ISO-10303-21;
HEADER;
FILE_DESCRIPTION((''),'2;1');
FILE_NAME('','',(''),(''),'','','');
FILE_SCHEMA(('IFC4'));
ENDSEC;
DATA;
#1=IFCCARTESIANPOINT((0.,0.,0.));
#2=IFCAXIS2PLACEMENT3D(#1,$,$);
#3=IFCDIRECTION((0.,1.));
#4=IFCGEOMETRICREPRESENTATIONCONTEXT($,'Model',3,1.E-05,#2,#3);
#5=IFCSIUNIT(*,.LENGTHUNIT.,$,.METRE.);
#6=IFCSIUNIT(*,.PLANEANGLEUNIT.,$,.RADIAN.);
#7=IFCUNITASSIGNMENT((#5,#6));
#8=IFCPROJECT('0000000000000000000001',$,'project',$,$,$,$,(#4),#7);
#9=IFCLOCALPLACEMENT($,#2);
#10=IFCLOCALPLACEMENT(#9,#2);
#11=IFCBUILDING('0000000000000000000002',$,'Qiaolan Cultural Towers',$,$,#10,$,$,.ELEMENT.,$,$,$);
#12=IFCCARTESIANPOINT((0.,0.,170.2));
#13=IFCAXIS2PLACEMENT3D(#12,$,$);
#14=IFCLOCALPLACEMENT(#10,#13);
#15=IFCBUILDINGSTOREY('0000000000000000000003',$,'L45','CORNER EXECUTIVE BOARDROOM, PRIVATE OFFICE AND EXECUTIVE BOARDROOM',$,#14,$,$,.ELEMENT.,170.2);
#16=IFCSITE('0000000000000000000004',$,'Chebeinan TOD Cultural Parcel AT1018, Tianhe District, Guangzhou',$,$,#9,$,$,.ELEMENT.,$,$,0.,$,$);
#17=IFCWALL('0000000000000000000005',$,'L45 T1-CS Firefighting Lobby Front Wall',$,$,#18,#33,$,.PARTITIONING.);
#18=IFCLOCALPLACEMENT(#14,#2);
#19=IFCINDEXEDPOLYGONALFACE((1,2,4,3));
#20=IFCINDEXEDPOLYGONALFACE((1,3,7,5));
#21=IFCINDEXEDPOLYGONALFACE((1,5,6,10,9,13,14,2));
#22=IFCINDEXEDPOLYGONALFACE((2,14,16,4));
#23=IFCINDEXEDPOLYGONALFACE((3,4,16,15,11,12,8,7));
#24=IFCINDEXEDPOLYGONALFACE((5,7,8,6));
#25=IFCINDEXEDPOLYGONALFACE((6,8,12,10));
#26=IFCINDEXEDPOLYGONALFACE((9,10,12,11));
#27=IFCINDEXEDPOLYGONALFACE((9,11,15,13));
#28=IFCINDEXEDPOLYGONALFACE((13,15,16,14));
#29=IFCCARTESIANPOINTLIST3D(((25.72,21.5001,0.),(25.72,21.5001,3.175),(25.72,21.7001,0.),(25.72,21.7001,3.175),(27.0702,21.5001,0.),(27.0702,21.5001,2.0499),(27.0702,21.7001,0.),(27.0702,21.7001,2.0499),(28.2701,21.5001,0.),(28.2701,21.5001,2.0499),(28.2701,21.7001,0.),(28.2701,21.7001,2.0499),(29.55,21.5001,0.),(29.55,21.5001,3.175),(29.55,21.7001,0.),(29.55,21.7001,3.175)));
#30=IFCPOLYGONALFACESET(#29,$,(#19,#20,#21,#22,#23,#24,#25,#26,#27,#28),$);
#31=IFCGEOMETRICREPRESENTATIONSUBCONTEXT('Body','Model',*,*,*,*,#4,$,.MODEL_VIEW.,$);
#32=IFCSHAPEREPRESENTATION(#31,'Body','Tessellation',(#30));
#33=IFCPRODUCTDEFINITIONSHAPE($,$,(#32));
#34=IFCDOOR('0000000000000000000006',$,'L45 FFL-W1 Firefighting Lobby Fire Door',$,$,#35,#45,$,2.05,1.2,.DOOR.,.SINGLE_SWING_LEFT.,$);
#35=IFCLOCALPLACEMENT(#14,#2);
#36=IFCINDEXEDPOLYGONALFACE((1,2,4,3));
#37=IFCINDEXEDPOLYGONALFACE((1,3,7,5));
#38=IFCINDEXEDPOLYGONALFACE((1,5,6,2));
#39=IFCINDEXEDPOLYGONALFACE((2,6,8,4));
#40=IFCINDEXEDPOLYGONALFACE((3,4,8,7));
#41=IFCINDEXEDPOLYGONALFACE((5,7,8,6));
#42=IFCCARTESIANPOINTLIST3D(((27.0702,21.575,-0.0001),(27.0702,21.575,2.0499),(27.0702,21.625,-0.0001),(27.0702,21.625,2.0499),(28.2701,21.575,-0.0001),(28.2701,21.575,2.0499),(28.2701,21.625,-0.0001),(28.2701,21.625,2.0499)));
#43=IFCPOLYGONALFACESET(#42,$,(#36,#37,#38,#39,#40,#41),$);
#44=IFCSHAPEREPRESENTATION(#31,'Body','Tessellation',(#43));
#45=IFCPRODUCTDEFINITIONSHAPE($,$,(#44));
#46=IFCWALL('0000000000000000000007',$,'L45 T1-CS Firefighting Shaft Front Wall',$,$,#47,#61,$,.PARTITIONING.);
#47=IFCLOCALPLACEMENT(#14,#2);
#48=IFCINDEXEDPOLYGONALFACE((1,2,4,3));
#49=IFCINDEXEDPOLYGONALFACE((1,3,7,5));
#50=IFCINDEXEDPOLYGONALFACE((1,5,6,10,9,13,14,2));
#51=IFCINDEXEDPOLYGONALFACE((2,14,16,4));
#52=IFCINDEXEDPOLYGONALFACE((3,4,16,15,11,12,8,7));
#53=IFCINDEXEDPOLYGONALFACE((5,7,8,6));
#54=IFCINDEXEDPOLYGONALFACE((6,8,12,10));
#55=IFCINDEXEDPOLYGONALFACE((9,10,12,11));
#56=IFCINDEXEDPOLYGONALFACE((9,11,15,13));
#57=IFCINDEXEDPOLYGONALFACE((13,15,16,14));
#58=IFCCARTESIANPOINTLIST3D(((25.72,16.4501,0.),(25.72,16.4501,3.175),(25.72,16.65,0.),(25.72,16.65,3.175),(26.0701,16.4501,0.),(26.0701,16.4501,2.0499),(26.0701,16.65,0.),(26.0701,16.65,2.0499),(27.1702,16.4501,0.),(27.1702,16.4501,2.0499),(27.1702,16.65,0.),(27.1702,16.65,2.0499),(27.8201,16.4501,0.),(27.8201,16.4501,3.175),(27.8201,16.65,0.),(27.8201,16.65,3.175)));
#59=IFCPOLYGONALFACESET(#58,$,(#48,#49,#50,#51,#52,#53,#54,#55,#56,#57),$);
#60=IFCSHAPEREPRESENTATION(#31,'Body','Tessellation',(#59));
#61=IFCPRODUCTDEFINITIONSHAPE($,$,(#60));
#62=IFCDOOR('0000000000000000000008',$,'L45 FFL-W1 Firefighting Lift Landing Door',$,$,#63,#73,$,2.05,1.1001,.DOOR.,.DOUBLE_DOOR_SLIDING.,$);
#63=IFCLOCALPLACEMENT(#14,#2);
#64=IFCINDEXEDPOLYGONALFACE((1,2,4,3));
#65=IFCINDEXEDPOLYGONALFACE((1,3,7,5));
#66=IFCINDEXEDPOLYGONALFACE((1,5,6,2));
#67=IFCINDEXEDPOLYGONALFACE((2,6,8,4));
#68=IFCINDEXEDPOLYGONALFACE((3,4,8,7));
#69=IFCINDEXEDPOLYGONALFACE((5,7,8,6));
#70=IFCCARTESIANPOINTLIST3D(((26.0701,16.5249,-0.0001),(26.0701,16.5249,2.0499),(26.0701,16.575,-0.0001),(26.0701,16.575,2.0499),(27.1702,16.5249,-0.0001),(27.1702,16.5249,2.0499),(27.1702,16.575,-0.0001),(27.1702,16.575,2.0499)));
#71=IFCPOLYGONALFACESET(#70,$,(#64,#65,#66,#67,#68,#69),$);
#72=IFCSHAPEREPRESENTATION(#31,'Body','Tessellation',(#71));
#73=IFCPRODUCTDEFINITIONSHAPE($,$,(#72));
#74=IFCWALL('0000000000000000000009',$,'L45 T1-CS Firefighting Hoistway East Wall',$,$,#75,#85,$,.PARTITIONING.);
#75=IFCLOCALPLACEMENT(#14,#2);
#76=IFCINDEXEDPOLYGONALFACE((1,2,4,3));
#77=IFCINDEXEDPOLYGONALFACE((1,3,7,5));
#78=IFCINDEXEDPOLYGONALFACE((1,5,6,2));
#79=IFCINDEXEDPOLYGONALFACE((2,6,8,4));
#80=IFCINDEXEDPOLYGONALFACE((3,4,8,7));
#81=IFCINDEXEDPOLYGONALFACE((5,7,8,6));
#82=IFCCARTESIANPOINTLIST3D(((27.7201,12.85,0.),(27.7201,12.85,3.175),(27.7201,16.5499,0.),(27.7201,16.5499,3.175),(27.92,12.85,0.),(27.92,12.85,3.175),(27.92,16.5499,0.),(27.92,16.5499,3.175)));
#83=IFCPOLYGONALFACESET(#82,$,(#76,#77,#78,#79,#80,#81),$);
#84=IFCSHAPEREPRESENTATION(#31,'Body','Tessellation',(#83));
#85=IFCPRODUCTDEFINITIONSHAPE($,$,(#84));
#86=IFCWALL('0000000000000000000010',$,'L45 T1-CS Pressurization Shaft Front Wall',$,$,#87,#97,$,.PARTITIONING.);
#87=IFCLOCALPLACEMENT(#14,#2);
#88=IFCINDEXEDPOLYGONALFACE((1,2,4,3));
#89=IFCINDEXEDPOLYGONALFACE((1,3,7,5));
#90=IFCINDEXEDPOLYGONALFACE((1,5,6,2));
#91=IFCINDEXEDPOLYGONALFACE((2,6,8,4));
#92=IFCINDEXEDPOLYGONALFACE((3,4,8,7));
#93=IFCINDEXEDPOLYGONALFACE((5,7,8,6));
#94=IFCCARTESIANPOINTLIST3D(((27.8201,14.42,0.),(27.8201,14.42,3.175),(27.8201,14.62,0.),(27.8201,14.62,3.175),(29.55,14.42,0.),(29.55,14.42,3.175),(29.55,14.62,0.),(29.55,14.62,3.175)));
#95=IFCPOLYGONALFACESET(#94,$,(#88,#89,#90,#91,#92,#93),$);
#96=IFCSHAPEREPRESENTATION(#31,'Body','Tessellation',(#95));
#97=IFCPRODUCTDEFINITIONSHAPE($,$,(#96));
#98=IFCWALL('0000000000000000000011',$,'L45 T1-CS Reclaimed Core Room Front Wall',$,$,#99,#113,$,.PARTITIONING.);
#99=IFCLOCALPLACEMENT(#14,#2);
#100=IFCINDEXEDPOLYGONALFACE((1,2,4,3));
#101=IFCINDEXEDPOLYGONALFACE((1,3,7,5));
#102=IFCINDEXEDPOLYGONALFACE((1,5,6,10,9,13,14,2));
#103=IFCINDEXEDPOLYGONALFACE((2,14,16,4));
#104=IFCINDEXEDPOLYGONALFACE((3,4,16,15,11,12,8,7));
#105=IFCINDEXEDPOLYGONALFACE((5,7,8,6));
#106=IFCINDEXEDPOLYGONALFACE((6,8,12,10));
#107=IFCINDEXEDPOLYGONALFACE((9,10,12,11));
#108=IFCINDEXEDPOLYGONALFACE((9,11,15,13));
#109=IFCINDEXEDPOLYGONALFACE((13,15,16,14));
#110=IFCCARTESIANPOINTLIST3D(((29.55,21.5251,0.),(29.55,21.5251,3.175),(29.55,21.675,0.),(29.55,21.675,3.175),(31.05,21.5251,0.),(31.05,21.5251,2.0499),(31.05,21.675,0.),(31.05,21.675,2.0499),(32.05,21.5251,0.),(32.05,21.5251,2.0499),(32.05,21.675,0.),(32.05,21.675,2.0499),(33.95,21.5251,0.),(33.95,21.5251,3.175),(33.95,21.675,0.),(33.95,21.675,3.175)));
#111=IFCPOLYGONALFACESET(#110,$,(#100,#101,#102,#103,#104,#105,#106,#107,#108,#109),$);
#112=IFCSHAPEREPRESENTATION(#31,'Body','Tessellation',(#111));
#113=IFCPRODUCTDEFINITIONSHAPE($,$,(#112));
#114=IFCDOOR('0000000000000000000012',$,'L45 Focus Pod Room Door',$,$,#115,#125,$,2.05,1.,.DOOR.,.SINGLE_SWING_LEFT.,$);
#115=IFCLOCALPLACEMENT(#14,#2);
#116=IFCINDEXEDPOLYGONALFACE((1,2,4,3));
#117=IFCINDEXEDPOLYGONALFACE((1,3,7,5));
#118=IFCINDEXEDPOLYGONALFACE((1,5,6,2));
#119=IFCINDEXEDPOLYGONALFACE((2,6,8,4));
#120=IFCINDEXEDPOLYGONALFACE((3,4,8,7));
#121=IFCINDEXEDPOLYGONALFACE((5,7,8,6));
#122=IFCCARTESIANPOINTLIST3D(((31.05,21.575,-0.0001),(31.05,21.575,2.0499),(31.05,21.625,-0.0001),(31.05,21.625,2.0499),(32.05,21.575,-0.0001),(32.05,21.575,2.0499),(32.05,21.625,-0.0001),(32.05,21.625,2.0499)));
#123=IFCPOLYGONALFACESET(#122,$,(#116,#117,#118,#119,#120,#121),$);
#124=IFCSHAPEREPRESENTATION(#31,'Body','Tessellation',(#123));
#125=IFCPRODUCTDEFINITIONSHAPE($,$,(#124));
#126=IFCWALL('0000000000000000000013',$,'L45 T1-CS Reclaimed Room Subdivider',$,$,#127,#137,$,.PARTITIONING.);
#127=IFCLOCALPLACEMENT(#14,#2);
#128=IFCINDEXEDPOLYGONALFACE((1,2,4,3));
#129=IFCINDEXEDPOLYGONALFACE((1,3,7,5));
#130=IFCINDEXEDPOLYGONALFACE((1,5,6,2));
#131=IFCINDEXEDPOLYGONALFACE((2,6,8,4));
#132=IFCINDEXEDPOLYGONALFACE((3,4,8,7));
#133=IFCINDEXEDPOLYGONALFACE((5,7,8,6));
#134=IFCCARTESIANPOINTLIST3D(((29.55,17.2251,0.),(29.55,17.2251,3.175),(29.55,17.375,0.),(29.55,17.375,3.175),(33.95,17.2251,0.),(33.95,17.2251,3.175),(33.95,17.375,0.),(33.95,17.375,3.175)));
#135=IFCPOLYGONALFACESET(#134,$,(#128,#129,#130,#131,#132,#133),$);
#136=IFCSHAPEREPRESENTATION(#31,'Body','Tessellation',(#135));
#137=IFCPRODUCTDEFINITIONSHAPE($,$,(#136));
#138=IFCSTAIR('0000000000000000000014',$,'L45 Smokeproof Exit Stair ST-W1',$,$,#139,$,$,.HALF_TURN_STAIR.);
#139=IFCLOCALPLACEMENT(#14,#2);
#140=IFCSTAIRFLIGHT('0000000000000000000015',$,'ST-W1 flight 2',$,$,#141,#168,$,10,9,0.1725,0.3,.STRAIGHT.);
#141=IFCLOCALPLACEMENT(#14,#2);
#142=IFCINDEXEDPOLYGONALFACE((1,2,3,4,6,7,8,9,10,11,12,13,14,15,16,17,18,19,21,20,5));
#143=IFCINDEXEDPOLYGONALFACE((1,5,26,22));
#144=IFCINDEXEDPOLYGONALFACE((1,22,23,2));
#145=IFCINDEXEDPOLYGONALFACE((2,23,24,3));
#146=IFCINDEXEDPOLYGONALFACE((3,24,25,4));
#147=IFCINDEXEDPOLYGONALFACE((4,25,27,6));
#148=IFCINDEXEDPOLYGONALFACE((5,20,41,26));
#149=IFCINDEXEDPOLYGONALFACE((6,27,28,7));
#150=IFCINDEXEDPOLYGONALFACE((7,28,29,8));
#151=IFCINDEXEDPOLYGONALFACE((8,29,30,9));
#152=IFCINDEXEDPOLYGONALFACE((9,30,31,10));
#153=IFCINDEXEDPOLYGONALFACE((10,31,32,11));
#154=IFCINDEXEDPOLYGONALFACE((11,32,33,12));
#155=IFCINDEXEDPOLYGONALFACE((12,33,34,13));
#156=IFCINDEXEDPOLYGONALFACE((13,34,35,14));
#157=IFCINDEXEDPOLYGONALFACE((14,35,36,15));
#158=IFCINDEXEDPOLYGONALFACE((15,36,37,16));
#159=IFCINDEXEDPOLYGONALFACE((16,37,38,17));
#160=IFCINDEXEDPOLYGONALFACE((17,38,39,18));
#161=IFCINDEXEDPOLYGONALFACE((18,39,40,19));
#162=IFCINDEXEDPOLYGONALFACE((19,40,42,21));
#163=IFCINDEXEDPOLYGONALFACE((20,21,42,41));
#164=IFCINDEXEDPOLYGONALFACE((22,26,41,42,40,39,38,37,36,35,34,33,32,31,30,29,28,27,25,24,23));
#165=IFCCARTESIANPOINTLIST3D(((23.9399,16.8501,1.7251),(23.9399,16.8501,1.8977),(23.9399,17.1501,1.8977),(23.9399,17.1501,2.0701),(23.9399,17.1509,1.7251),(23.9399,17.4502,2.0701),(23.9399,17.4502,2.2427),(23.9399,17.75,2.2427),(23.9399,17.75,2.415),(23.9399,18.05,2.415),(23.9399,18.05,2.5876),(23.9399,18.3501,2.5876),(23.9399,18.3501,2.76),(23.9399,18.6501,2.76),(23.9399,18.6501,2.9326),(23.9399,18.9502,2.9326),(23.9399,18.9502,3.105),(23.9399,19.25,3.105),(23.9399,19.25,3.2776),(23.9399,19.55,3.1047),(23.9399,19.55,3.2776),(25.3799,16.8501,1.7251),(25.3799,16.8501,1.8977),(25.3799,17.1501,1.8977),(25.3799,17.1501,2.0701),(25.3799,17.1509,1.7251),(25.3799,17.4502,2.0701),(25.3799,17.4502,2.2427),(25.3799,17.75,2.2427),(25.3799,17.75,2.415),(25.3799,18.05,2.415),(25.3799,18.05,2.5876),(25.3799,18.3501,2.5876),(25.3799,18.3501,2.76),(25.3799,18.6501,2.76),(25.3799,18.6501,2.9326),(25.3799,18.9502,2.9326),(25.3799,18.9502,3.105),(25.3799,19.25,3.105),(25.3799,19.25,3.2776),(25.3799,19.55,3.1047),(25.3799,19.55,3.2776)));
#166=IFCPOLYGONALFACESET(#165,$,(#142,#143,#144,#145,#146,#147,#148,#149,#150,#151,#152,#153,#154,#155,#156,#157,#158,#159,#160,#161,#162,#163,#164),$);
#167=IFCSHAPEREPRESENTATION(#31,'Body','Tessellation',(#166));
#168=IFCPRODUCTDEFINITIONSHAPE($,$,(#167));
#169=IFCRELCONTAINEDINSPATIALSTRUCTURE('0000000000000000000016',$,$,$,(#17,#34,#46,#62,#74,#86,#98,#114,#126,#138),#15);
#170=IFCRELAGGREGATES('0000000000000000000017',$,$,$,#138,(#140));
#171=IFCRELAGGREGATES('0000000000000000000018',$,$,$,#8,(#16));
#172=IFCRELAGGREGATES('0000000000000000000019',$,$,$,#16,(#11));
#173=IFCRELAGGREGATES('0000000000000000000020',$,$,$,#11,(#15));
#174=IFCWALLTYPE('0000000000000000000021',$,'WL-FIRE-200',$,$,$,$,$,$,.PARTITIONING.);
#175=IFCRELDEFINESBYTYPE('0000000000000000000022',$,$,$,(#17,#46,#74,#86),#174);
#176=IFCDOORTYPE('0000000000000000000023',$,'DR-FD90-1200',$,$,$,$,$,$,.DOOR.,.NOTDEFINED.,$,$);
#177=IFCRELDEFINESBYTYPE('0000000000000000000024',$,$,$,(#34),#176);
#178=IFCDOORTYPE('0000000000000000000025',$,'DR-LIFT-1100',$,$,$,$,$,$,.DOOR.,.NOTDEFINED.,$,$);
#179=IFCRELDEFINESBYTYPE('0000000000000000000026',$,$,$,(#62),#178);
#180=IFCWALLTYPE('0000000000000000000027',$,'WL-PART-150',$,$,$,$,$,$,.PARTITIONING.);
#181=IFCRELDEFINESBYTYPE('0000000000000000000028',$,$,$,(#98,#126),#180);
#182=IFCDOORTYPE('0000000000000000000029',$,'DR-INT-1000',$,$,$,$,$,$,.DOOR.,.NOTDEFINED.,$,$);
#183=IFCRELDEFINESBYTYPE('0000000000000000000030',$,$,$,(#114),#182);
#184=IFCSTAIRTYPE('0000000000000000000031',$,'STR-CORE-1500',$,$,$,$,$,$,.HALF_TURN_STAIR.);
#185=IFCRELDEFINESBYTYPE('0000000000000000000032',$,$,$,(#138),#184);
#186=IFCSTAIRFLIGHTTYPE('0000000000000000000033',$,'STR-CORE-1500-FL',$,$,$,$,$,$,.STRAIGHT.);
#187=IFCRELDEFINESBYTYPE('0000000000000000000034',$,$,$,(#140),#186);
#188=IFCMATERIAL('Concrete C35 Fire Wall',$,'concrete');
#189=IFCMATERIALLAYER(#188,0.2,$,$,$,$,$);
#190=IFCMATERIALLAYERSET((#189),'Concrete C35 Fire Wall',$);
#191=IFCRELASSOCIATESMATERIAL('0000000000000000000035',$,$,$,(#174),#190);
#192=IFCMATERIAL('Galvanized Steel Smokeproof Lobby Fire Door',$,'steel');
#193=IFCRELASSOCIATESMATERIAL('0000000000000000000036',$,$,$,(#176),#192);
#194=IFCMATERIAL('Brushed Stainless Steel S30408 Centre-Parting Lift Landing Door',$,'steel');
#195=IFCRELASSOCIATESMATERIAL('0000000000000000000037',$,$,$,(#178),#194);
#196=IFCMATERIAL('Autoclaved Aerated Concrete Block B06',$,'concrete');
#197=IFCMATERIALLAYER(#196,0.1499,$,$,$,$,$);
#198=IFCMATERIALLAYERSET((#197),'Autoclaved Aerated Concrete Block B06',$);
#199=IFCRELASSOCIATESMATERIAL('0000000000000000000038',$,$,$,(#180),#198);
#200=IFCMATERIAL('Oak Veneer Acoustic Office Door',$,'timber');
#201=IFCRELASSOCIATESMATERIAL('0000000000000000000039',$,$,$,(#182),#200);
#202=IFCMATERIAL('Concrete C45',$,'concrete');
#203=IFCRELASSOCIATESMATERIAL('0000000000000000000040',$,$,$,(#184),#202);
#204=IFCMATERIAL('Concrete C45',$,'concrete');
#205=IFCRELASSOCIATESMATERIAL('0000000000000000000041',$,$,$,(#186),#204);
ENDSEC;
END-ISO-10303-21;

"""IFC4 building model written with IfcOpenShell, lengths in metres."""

from ifc_helpers import new_model, si_unit, direction, frame, frame_2d, origin, place, context, subcontext, project, spatial, polyline, rectangle, outline, extrude, material, layer, layer_set, type_object, element, fill, aggregate, save


model = new_model("IFC4")

# Units and contexts
model_context = context("Model", 3, precision=1e-05, world=origin(), true_north=direction((0.0, 1.0)))
body_context = subcontext(model_context, "Body", "Model", "MODEL_VIEW")
ifc_project = project(units=[si_unit("LENGTHUNIT", "METRE"), si_unit("PLANEANGLEUNIT", "RADIAN")], contexts=[model_context])

# Site, building, storey
site_placement = place(None, origin())
site = spatial("IfcSite", under=ifc_project, at=site_placement, Name="Chebeinan TOD Cultural Parcel AT1018, Tianhe District, Guangzhou", CompositionType="ELEMENT", RefElevation=0.0)
building_placement = place(site_placement, origin())
building = spatial("IfcBuilding", under=site, at=building_placement, Name="Qiaolan Cultural Towers", CompositionType="ELEMENT")
storey_placement = place(building_placement, frame((0.0, 0.0, 170.2)))
storey = spatial("IfcBuildingStorey", under=building, at=storey_placement, Name="L45", Description="CORNER EXECUTIVE BOARDROOM, PRIVATE OFFICE AND EXECUTIVE BOARDROOM", CompositionType="ELEMENT", Elevation=170.2)

# Shared definitions
ifc_material_1 = material(Name="Concrete C35 Fire Wall", Category="concrete")
ifc_layer_1 = layer(ifc_material_1, 0.2)
ifc_layer_set_1 = layer_set([ifc_layer_1], Name="Concrete C35 Fire Wall")
wall_type_1 = type_object("IfcWallType", Name="WL-FIRE-200", PredefinedType="PARTITIONING", material=ifc_layer_set_1)

# Walls, openings, doors
wall_1_placement = place(storey_placement, frame((25.72, 21.6001, 0.0), z_axis=(0.0, 0.0, 1.0), x_axis=(1.0, 0.0, 0.0)))
wall_1 = element("IfcWall", 1, at=wall_1_placement, inside=storey, type_object=wall_type_1, Name="L45 T1-CS Firefighting Lobby Front Wall", PredefinedType="PARTITIONING", context=body_context, shape_type="SweptSolid", body=[
    extrude(rectangle(XDim=3.8301, YDim=0.2, at=frame_2d((1.915, 0.0))), origin(), (0.0, 0.0, 1.0), 3.175),
])
opening_1_placement = place(wall_1_placement, frame((1.3501, 0.0, 0.0)))
opening_1 = element("IfcOpeningElement", 2, at=opening_1_placement, cuts=wall_1, PredefinedType="OPENING", context=body_context, shape_type="SweptSolid", body=[
    extrude(rectangle(XDim=1.2, YDim=2.05, at=frame_2d((0.6001, 1.0249))), frame((0.0, 0.1099, 0.0), z_axis=(0.0, -1.0, 0.0), x_axis=(1.0, 0.0, 0.0)), (0.0, 0.0, 1.0), 0.22),
])
ifc_material_2 = material(Name="Galvanized Steel Smokeproof Lobby Fire Door", Category="steel")
door_type_1 = type_object("IfcDoorType", Name="DR-FD90-1200", OperationType="NOTDEFINED", PredefinedType="DOOR", material=ifc_material_2)
door_1_placement = place(opening_1_placement, origin())
door_1 = element("IfcDoor", 3, at=door_1_placement, inside=storey, type_object=door_type_1, Name="L45 FFL-W1 Firefighting Lobby Fire Door", OperationType="SINGLE_SWING_LEFT", OverallHeight=2.05, OverallWidth=1.2, PredefinedType="DOOR", context=body_context, shape_type="SweptSolid", body=[
    extrude(rectangle(XDim=1.2, YDim=2.05, at=frame_2d((0.6001, 1.0249))), frame((0.0, 0.0249, 0.0), z_axis=(0.0, -1.0, 0.0), x_axis=(1.0, 0.0, 0.0)), (0.0, 0.0, 1.0), 0.05),
])
fill(opening_1, door_1)
wall_2_placement = place(storey_placement, frame((25.72, 16.55, 0.0), z_axis=(0.0, 0.0, 1.0), x_axis=(1.0, 0.0, 0.0)))
wall_2 = element("IfcWall", 4, at=wall_2_placement, inside=storey, type_object=wall_type_1, Name="L45 T1-CS Firefighting Shaft Front Wall", PredefinedType="PARTITIONING", context=body_context, shape_type="SweptSolid", body=[
    extrude(rectangle(XDim=2.1001, YDim=0.2, at=frame_2d((1.05, 0.0))), origin(), (0.0, 0.0, 1.0), 3.175),
])
opening_2_placement = place(wall_2_placement, frame((0.3501, 0.0, 0.0)))
opening_2 = element("IfcOpeningElement", 5, at=opening_2_placement, cuts=wall_2, PredefinedType="OPENING", context=body_context, shape_type="SweptSolid", body=[
    extrude(rectangle(XDim=1.1001, YDim=2.05, at=frame_2d((0.55, 1.0249))), frame((0.0, 0.1099, 0.0), z_axis=(0.0, -1.0, 0.0), x_axis=(1.0, 0.0, 0.0)), (0.0, 0.0, 1.0), 0.22),
])
ifc_material_3 = material(Name="Brushed Stainless Steel S30408 Centre-Parting Lift Landing Door", Category="steel")
door_type_2 = type_object("IfcDoorType", Name="DR-LIFT-1100", OperationType="NOTDEFINED", PredefinedType="DOOR", material=ifc_material_3)
door_2_placement = place(opening_2_placement, origin())
door_2 = element("IfcDoor", 6, at=door_2_placement, inside=storey, type_object=door_type_2, Name="L45 FFL-W1 Firefighting Lift Landing Door", OperationType="DOUBLE_DOOR_SLIDING", OverallHeight=2.05, OverallWidth=1.1001, PredefinedType="DOOR", context=body_context, shape_type="SweptSolid", body=[
    extrude(rectangle(XDim=1.1001, YDim=2.05, at=frame_2d((0.55, 1.0249))), frame((0.0, 0.0249, 0.0), z_axis=(0.0, -1.0, 0.0), x_axis=(1.0, 0.0, 0.0)), (0.0, 0.0, 1.0), 0.05),
])
fill(opening_2, door_2)

# Walls
wall_3_placement = place(storey_placement, frame((27.8201, 16.55, 0.0), z_axis=(0.0, 0.0, 1.0), x_axis=(0.0, -1.0, 0.0)))
element("IfcWall", 7, at=wall_3_placement, inside=storey, type_object=wall_type_1, Name="L45 T1-CS Firefighting Hoistway East Wall", PredefinedType="PARTITIONING", context=body_context, shape_type="SweptSolid", body=[
    extrude(rectangle(XDim=3.7, YDim=0.2, at=frame_2d((1.8501, 0.0))), origin(), (0.0, 0.0, 1.0), 3.175),
])
wall_4_placement = place(storey_placement, frame((27.8201, 14.52, 0.0), z_axis=(0.0, 0.0, 1.0), x_axis=(1.0, 0.0, 0.0)))
element("IfcWall", 8, at=wall_4_placement, inside=storey, type_object=wall_type_1, Name="L45 T1-CS Pressurization Shaft Front Wall", PredefinedType="PARTITIONING", context=body_context, shape_type="SweptSolid", body=[
    extrude(rectangle(XDim=1.73, YDim=0.2, at=frame_2d((0.865, 0.0))), origin(), (0.0, 0.0, 1.0), 3.175),
])

# Wall, opening, door
ifc_material_4 = material(Name="Autoclaved Aerated Concrete Block B06", Category="concrete")
ifc_layer_2 = layer(ifc_material_4, 0.1499)
ifc_layer_set_2 = layer_set([ifc_layer_2], Name="Autoclaved Aerated Concrete Block B06")
wall_type_2 = type_object("IfcWallType", Name="WL-PART-150", PredefinedType="PARTITIONING", material=ifc_layer_set_2)
wall_5_placement = place(storey_placement, frame((29.55, 21.6001, 0.0), z_axis=(0.0, 0.0, 1.0), x_axis=(1.0, 0.0, 0.0)))
wall_5 = element("IfcWall", 9, at=wall_5_placement, inside=storey, type_object=wall_type_2, Name="L45 T1-CS Reclaimed Core Room Front Wall", PredefinedType="PARTITIONING", context=body_context, shape_type="SweptSolid", body=[
    extrude(rectangle(XDim=4.3999, YDim=0.1499, at=frame_2d((2.2, 0.0))), origin(), (0.0, 0.0, 1.0), 3.175),
])
opening_3_placement = place(wall_5_placement, frame((1.5, 0.0, 0.0)))
opening_3 = element("IfcOpeningElement", 10, at=opening_3_placement, cuts=wall_5, PredefinedType="OPENING", context=body_context, shape_type="SweptSolid", body=[
    extrude(rectangle(XDim=1.0, YDim=2.05, at=frame_2d((0.5, 1.0249))), frame((0.0, 0.085, 0.0), z_axis=(0.0, -1.0, 0.0), x_axis=(1.0, 0.0, 0.0)), (0.0, 0.0, 1.0), 0.1699),
])
ifc_material_5 = material(Name="Oak Veneer Acoustic Office Door", Category="timber")
door_type_3 = type_object("IfcDoorType", Name="DR-INT-1000", OperationType="NOTDEFINED", PredefinedType="DOOR", material=ifc_material_5)
door_3_placement = place(opening_3_placement, origin())
door_3 = element("IfcDoor", 11, at=door_3_placement, inside=storey, type_object=door_type_3, Name="L45 Focus Pod Room Door", OperationType="SINGLE_SWING_LEFT", OverallHeight=2.05, OverallWidth=1.0, PredefinedType="DOOR", context=body_context, shape_type="SweptSolid", body=[
    extrude(rectangle(XDim=1.0, YDim=2.05, at=frame_2d((0.5, 1.0249))), frame((0.0, 0.0249, 0.0), z_axis=(0.0, -1.0, 0.0), x_axis=(1.0, 0.0, 0.0)), (0.0, 0.0, 1.0), 0.05),
])
fill(opening_3, door_3)

# Wall
wall_6_placement = place(storey_placement, frame((29.55, 17.3, 0.0), z_axis=(0.0, 0.0, 1.0), x_axis=(1.0, 0.0, 0.0)))
element("IfcWall", 12, at=wall_6_placement, inside=storey, type_object=wall_type_2, Name="L45 T1-CS Reclaimed Room Subdivider", PredefinedType="PARTITIONING", context=body_context, shape_type="SweptSolid", body=[
    extrude(rectangle(XDim=4.3999, YDim=0.1499, at=frame_2d((2.2, 0.0))), origin(), (0.0, 0.0, 1.0), 3.175),
])

# Stair, stair flight
ifc_material_6 = material(Name="Concrete C45", Category="concrete")
stair_type = type_object("IfcStairType", Name="STR-CORE-1500", PredefinedType="HALF_TURN_STAIR", material=ifc_material_6)
stair_placement = place(storey_placement, origin())
stair = element("IfcStair", 13, at=stair_placement, inside=storey, type_object=stair_type, Name="L45 Smokeproof Exit Stair ST-W1", PredefinedType="HALF_TURN_STAIR")
ifc_material_7 = material(Name="Concrete C45", Category="concrete")
stair_flight_type = type_object("IfcStairFlightType", Name="STR-CORE-1500-FL", PredefinedType="STRAIGHT", material=ifc_material_7)
stair_flight_placement = place(storey_placement, frame((24.6599, 16.8501, 1.7251), z_axis=(0.0, 0.0, 1.0), x_axis=(0.0, 1.0, 0.0)))
stair_flight = element("IfcStairFlight", 14, at=stair_flight_placement, type_object=stair_flight_type, Name="ST-W1 flight 2", NumberOfRisers=10, NumberOfTreads=9, PredefinedType="STRAIGHT", RiserHeight=0.1725, TreadLength=0.3, context=body_context, shape_type="SweptSolid", body=[
    extrude(outline(polyline([(0.0, 0.0), (0.0, 0.1726), (0.3, 0.1726), (0.3, 0.345), (0.6001, 0.345), (0.6001, 0.5176), (0.8999, 0.5176), (0.8999, 0.6899), (1.2, 0.6899), (1.2, 0.8625), (1.5, 0.8625), (1.5, 1.0349), (1.8, 1.0349), (1.8, 1.2075), (2.1001, 1.2075), (2.1001, 1.3799), (2.3999, 1.3799), (2.3999, 1.5525), (2.7, 1.5525), (2.7, 1.7251), (2.7, 1.3796), (0.3008, 0.0), (0.0, 0.0)])), frame((0.0, 0.72, 0.0), z_axis=(0.0, -1.0, 0.0), x_axis=(1.0, 0.0, 0.0)), (0.0, 0.0, 1.0), 1.4399),
])
aggregate(stair, [stair_flight])

save(model, "model.ifc")
